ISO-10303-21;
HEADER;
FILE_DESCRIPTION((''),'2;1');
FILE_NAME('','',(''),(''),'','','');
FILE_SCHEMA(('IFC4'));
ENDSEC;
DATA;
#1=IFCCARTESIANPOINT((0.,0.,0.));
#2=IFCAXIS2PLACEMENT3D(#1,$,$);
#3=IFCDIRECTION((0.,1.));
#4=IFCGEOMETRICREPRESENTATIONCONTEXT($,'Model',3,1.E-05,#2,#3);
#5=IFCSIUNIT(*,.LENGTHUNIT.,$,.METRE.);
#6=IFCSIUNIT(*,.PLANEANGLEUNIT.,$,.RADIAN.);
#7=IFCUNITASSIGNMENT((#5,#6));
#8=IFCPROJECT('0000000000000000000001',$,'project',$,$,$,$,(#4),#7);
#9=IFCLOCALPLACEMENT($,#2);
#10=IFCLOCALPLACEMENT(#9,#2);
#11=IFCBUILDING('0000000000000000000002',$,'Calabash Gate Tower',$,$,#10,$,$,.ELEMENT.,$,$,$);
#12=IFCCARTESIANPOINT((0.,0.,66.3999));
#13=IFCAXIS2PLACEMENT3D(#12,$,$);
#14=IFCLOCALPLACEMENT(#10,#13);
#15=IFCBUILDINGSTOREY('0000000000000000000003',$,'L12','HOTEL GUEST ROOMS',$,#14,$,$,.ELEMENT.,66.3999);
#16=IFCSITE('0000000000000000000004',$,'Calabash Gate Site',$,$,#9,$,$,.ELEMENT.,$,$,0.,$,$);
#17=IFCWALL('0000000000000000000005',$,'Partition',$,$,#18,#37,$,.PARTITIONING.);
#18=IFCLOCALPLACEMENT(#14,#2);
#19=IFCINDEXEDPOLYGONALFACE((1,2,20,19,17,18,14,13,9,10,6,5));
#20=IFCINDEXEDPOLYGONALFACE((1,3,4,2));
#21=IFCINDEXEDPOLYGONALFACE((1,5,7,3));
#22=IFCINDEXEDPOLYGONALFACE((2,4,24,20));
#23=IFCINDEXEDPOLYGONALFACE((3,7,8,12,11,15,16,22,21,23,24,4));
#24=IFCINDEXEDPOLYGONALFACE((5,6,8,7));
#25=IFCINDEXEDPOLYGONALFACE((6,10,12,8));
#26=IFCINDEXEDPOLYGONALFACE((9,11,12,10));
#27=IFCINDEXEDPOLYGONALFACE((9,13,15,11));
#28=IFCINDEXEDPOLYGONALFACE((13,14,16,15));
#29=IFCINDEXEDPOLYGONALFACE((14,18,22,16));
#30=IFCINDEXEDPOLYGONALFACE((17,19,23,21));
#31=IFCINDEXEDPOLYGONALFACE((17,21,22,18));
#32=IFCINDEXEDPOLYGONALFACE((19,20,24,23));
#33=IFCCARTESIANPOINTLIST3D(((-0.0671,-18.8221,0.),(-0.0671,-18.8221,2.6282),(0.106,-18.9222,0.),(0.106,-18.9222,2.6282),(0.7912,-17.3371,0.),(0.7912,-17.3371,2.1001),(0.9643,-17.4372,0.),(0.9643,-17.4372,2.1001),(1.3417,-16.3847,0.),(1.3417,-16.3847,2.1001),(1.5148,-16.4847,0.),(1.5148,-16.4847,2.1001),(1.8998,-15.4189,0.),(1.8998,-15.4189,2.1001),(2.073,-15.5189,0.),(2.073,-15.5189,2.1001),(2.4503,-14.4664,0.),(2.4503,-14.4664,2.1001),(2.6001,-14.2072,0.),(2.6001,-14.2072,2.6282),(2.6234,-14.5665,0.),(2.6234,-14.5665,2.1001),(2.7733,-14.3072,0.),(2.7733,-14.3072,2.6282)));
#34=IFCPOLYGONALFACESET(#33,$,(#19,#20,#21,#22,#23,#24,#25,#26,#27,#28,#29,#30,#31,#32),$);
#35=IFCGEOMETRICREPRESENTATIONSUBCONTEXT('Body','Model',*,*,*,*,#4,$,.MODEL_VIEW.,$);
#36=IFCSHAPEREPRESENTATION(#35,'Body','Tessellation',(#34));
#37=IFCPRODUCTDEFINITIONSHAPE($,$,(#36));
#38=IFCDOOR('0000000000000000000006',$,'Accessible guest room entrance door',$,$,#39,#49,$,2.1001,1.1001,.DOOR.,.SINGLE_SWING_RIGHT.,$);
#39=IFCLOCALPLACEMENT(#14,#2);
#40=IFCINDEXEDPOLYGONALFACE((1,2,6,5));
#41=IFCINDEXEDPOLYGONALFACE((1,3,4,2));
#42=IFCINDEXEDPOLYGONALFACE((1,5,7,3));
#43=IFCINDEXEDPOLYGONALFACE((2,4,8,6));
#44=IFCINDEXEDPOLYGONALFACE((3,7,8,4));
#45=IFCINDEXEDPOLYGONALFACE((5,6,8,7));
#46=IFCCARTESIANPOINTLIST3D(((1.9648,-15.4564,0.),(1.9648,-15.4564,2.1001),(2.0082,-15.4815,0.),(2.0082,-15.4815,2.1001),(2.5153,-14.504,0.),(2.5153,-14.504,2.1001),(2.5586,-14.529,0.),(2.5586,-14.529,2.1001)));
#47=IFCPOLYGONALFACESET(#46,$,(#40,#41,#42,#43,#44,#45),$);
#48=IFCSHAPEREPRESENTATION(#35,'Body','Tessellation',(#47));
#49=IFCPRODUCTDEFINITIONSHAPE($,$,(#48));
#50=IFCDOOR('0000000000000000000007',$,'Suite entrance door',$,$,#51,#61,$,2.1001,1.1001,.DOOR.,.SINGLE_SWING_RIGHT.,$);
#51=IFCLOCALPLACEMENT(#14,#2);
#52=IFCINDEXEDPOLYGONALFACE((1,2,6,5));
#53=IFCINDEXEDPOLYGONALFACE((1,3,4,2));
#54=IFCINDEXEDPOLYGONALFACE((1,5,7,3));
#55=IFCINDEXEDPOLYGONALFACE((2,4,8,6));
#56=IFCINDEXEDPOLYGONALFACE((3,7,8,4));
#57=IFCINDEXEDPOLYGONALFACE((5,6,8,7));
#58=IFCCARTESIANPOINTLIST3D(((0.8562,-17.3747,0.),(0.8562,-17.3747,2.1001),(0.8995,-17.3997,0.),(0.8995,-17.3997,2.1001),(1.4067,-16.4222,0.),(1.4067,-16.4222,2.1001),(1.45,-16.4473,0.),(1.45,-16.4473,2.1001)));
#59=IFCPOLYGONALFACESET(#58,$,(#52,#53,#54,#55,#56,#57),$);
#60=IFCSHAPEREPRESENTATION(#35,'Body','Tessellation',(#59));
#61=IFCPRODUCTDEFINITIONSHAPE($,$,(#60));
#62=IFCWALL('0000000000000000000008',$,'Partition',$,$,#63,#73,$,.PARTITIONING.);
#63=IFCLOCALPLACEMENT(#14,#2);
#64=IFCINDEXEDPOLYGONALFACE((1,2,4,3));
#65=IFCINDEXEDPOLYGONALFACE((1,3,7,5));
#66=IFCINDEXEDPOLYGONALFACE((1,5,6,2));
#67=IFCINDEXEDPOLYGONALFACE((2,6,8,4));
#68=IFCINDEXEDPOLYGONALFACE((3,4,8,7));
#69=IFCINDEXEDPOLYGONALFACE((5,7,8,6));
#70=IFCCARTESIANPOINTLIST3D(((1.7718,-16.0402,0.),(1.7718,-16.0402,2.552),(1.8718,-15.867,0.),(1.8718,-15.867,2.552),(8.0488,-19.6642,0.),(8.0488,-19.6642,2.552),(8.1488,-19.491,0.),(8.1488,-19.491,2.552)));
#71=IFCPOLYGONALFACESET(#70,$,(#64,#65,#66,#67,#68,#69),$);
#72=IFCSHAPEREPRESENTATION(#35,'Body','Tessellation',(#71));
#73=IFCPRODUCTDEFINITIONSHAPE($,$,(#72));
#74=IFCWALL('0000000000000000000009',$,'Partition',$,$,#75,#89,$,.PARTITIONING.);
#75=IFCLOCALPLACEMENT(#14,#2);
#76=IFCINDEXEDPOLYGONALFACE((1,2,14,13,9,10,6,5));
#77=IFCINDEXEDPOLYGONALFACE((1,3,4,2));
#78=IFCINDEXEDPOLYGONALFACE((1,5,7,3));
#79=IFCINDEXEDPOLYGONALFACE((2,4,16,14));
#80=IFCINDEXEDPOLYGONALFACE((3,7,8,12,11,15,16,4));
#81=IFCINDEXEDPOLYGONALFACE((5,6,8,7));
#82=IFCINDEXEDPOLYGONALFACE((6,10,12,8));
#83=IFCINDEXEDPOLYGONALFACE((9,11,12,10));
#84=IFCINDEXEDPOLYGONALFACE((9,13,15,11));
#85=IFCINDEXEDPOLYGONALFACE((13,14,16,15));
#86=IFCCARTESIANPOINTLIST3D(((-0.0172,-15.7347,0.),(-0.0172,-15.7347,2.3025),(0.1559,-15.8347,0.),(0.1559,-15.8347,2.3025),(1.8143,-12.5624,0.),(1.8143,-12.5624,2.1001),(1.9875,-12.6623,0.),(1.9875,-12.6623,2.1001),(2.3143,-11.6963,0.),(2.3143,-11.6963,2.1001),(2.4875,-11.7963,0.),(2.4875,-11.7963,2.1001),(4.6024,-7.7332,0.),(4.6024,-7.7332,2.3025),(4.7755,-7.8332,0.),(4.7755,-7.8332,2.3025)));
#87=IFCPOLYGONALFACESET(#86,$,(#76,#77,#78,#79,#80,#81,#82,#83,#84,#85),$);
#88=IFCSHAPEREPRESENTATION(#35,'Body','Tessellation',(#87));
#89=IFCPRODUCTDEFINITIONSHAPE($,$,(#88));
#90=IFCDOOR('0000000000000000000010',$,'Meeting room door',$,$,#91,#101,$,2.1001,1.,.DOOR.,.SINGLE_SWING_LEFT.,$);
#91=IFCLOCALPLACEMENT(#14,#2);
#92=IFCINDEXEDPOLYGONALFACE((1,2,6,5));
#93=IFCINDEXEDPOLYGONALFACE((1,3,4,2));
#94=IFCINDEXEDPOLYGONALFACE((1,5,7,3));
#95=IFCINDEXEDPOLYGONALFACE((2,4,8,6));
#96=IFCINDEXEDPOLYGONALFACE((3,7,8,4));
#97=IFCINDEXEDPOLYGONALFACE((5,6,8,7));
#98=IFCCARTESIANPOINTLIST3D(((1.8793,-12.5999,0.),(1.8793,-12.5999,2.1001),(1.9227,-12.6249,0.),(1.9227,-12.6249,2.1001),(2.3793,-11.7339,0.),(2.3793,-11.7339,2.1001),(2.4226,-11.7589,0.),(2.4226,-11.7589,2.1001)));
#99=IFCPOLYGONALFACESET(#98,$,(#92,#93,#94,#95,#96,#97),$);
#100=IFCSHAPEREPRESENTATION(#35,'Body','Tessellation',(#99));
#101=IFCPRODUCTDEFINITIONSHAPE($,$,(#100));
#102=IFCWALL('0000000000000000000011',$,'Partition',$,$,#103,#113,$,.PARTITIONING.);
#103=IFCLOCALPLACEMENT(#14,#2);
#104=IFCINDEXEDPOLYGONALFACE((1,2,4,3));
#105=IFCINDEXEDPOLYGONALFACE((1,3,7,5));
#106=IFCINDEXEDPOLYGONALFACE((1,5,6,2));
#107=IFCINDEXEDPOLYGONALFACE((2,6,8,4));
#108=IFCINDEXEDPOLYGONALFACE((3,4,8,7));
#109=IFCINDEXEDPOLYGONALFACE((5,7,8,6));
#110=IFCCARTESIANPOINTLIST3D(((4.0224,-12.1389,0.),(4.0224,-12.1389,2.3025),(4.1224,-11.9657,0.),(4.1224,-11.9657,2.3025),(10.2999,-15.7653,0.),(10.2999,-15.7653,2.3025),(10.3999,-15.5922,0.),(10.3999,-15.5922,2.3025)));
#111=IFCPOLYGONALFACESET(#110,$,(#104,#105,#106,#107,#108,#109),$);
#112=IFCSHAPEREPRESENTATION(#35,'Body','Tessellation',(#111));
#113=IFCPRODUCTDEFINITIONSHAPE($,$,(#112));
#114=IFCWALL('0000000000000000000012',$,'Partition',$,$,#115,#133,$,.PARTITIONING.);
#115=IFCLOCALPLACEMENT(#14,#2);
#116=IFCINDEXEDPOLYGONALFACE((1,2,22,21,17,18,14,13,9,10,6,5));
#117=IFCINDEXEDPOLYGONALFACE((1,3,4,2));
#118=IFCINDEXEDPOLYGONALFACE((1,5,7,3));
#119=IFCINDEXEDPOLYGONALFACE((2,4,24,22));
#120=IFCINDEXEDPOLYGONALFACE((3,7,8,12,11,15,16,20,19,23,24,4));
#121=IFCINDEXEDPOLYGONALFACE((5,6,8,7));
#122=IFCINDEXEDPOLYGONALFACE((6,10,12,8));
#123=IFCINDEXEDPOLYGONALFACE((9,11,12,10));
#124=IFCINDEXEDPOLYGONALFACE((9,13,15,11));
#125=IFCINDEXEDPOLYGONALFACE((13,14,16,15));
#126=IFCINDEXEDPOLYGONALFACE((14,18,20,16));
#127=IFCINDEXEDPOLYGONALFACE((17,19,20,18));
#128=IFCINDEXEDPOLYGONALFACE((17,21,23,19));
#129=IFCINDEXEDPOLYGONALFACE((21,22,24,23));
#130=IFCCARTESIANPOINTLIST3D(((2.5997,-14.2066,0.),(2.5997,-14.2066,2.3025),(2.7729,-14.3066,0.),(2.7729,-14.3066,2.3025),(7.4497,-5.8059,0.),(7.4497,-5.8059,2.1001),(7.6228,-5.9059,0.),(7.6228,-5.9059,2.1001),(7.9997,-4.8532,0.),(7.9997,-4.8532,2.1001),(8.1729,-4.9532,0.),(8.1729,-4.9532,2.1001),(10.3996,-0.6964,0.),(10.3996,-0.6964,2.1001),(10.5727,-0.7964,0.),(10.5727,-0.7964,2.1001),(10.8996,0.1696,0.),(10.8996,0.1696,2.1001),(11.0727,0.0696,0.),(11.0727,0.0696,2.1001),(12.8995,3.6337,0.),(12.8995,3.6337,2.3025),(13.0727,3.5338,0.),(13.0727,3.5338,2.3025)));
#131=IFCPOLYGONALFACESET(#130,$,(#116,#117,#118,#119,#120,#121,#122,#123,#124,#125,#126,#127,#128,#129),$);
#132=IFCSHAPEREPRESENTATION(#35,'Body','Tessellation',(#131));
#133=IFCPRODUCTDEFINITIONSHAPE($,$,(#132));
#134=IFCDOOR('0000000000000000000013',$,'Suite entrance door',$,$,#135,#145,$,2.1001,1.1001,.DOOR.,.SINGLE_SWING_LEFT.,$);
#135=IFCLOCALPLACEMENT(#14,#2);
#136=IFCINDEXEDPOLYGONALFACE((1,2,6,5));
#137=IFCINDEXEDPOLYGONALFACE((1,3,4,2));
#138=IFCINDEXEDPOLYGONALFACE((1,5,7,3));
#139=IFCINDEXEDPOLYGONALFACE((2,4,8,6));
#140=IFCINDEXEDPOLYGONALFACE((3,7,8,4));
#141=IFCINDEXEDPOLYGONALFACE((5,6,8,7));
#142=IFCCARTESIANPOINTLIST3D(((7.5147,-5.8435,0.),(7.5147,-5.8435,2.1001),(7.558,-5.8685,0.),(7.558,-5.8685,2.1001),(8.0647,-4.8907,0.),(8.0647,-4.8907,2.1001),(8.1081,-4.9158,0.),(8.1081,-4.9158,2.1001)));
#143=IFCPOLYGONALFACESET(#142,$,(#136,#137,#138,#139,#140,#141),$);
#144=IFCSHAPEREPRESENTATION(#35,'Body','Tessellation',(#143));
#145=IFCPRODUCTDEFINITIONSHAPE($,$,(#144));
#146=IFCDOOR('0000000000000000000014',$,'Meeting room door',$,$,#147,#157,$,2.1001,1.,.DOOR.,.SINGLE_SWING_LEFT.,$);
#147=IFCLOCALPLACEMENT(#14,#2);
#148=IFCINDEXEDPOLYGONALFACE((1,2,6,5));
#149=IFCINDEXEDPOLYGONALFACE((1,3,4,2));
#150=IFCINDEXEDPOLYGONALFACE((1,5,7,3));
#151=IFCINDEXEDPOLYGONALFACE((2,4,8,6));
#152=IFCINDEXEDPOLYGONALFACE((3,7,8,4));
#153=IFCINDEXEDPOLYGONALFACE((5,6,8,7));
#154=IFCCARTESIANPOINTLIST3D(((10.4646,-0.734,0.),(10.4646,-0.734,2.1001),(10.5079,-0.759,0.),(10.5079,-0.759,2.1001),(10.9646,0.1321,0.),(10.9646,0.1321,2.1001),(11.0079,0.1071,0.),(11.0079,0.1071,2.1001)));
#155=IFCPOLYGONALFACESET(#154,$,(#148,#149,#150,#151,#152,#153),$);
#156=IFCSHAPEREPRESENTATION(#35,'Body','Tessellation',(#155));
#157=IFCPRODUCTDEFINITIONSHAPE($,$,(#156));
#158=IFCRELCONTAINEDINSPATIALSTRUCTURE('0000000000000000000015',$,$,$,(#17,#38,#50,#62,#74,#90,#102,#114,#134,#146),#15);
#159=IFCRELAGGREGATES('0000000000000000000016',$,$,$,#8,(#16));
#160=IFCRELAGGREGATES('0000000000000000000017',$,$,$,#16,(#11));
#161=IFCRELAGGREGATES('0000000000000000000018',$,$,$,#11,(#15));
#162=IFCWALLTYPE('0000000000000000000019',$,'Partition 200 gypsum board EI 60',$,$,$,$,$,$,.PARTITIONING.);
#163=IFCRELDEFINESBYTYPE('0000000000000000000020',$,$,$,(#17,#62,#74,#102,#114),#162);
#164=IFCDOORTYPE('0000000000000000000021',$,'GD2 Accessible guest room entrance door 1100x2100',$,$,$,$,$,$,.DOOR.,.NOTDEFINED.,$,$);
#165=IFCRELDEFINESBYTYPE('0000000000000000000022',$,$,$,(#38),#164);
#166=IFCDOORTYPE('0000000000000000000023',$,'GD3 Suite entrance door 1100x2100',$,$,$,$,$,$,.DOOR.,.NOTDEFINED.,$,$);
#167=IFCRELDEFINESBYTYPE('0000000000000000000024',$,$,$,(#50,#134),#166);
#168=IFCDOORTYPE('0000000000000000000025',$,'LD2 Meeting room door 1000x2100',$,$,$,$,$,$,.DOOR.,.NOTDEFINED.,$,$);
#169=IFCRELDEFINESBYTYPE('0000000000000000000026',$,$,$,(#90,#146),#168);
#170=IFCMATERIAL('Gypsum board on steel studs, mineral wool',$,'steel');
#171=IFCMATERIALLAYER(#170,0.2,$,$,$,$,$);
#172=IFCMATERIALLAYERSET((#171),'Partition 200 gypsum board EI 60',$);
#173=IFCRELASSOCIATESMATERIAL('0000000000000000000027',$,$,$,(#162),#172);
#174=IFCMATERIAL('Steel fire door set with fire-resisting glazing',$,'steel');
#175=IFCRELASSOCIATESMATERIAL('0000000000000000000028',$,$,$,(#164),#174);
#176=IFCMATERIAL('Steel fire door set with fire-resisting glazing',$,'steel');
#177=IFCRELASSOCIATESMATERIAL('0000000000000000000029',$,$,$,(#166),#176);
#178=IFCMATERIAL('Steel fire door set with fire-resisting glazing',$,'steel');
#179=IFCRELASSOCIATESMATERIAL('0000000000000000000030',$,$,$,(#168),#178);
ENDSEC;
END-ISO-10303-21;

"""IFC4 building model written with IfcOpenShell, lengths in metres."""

from ifc_helpers import new_model, si_unit, direction, frame, frame_2d, origin, place, context, subcontext, project, spatial, rectangle, extrude, material, layer, layer_set, type_object, element, fill, save


model = new_model("IFC4")

# Units and contexts
model_context = context("Model", 3, precision=1e-05, world=origin(), true_north=direction((0.0, 1.0)))
body_context = subcontext(model_context, "Body", "Model", "MODEL_VIEW")
ifc_project = project(units=[si_unit("LENGTHUNIT", "METRE"), si_unit("PLANEANGLEUNIT", "RADIAN")], contexts=[model_context])

# Site, building, storey
site_placement = place(None, origin())
site = spatial("IfcSite", under=ifc_project, at=site_placement, Name="Calabash Gate Site", CompositionType="ELEMENT", RefElevation=0.0)
building_placement = place(site_placement, origin())
building = spatial("IfcBuilding", under=site, at=building_placement, Name="Calabash Gate Tower", CompositionType="ELEMENT")
storey_placement = place(building_placement, frame((0.0, 0.0, 66.3999)))
storey = spatial("IfcBuildingStorey", under=building, at=storey_placement, Name="L12", Description="HOTEL GUEST ROOMS", CompositionType="ELEMENT", Elevation=66.3999)

# Wall, openings, doors
ifc_material_1 = material(Name="Gypsum board on steel studs, mineral wool", Category="steel")
ifc_layer_1 = layer(ifc_material_1, 0.2)
ifc_layer_set_1 = layer_set([ifc_layer_1], Name="Partition 200 gypsum board EI 60")
wall_type_1 = type_object("IfcWallType", Name="Partition 200 gypsum board EI 60", PredefinedType="PARTITIONING", material=ifc_layer_set_1)
wall_1_placement = place(storey_placement, frame((0.0195, -18.8721, 0.0), z_axis=(0.0, 0.0, 1.0), x_axis=(0.50039, 0.8658, 0.0)))
wall_1 = element("IfcWall", 1, at=wall_1_placement, inside=storey, type_object=wall_type_1, Name="Partition", PredefinedType="PARTITIONING", context=body_context, shape_type="SweptSolid", body=[
    extrude(rectangle(XDim=5.3303, YDim=0.2, at=frame_2d((2.665, 0.0))), origin(), (0.0, 0.0, 1.0), 2.6282),
])
opening_1_placement = place(wall_1_placement, frame((3.9307, 0.0, 0.0)))
opening_1 = element("IfcOpeningElement", 2, at=opening_1_placement, cuts=wall_1, PredefinedType="OPENING", context=body_context, shape_type="SweptSolid", body=[
    extrude(rectangle(XDim=1.1001, YDim=2.1001, at=frame_2d((0.55, 1.05))), frame((0.0, 0.1099, 0.0), z_axis=(0.0, -1.0, 0.0), x_axis=(1.0, 0.0, 0.0)), (0.0, 0.0, 1.0), 0.22),
])
opening_2_placement = place(wall_1_placement, frame((1.7151, 0.0, 0.0)))
opening_2 = element("IfcOpeningElement", 3, at=opening_2_placement, cuts=wall_1, PredefinedType="OPENING", context=body_context, shape_type="SweptSolid", body=[
    extrude(rectangle(XDim=1.1001, YDim=2.1001, at=frame_2d((0.55, 1.05))), frame((0.0, 0.1099, 0.0), z_axis=(0.0, -1.0, 0.0), x_axis=(1.0, 0.0, 0.0)), (0.0, 0.0, 1.0), 0.22),
])
ifc_material_2 = material(Name="Steel fire door set with fire-resisting glazing", Category="steel")
door_type_1 = type_object("IfcDoorType", Name="GD2 Accessible guest room entrance door 1100x2100", OperationType="NOTDEFINED", PredefinedType="DOOR", material=ifc_material_2)
door_1_placement = place(opening_1_placement, origin())
door_1 = element("IfcDoor", 4, at=door_1_placement, inside=storey, type_object=door_type_1, Name="Accessible guest room entrance door", OperationType="SINGLE_SWING_RIGHT", OverallHeight=2.1001, OverallWidth=1.1001, PredefinedType="DOOR", context=body_context, shape_type="SweptSolid", body=[
    extrude(rectangle(XDim=1.1001, YDim=2.1001, at=frame_2d((0.55, 1.05))), frame((0.0, 0.0249, 0.0), z_axis=(0.0, -1.0, 0.0), x_axis=(1.0, 0.0, 0.0)), (0.0, 0.0, 1.0), 0.05),
])
fill(opening_1, door_1)
ifc_material_3 = material(Name="Steel fire door set with fire-resisting glazing", Category="steel")
door_type_2 = type_object("IfcDoorType", Name="GD3 Suite entrance door 1100x2100", OperationType="NOTDEFINED", PredefinedType="DOOR", material=ifc_material_3)
door_2_placement = place(opening_2_placement, origin())
door_2 = element("IfcDoor", 5, at=door_2_placement, inside=storey, type_object=door_type_2, Name="Suite entrance door", OperationType="SINGLE_SWING_RIGHT", OverallHeight=2.1001, OverallWidth=1.1001, PredefinedType="DOOR", context=body_context, shape_type="SweptSolid", body=[
    extrude(rectangle(XDim=1.1001, YDim=2.1001, at=frame_2d((0.55, 1.05))), frame((0.0, 0.0249, 0.0), z_axis=(0.0, -1.0, 0.0), x_axis=(1.0, 0.0, 0.0)), (0.0, 0.0, 1.0), 0.05),
])
fill(opening_2, door_2)

# Wall
wall_2_placement = place(storey_placement, frame((1.8218, -15.9536, 0.0), z_axis=(0.0, 0.0, 1.0), x_axis=(0.866029, -0.499994, 0.0)))
element("IfcWall", 6, at=wall_2_placement, inside=storey, type_object=wall_type_1, Name="Partition", PredefinedType="PARTITIONING", context=body_context, shape_type="SweptSolid", body=[
    extrude(rectangle(XDim=7.248, YDim=0.2, at=frame_2d((3.624, 0.0))), origin(), (0.0, 0.0, 1.0), 2.552),
])

# Wall, opening, door
wall_3_placement = place(storey_placement, frame((0.0693, -15.7847, 0.0), z_axis=(0.0, 0.0, 1.0), x_axis=(0.499998, 0.866026, 0.0)))
wall_3 = element("IfcWall", 7, at=wall_3_placement, inside=storey, type_object=wall_type_1, Name="Partition", PredefinedType="PARTITIONING", context=body_context, shape_type="SweptSolid", body=[
    extrude(rectangle(XDim=9.2393, YDim=0.2, at=frame_2d((4.6196, 0.0))), origin(), (0.0, 0.0, 1.0), 2.3025),
])
opening_3_placement = place(wall_3_placement, frame((3.6631, 0.0, 0.0)))
opening_3 = element("IfcOpeningElement", 8, at=opening_3_placement, cuts=wall_3, PredefinedType="OPENING", context=body_context, shape_type="SweptSolid", body=[
    extrude(rectangle(XDim=1.0, YDim=2.1001, at=frame_2d((0.5, 1.05))), frame((0.0, 0.1099, 0.0), z_axis=(0.0, -1.0, 0.0), x_axis=(1.0, 0.0, 0.0)), (0.0, 0.0, 1.0), 0.22),
])
ifc_material_4 = material(Name="Steel fire door set with fire-resisting glazing", Category="steel")
door_type_3 = type_object("IfcDoorType", Name="LD2 Meeting room door 1000x2100", OperationType="NOTDEFINED", PredefinedType="DOOR", material=ifc_material_4)
door_3_placement = place(opening_3_placement, origin())
door_3 = element("IfcDoor", 9, at=door_3_placement, inside=storey, type_object=door_type_3, Name="Meeting room door", OperationType="SINGLE_SWING_LEFT", OverallHeight=2.1001, OverallWidth=1.0, PredefinedType="DOOR", context=body_context, shape_type="SweptSolid", body=[
    extrude(rectangle(XDim=1.0, YDim=2.1001, at=frame_2d((0.5, 1.05))), frame((0.0, 0.0249, 0.0), z_axis=(0.0, -1.0, 0.0), x_axis=(1.0, 0.0, 0.0)), (0.0, 0.0, 1.0), 0.05),
])
fill(opening_3, door_3)

# Wall
wall_4_placement = place(storey_placement, frame((4.0723, -12.0522, 0.0), z_axis=(0.0, 0.0, 1.0), x_axis=(0.8659, -0.500217, 0.0)))
element("IfcWall", 10, at=wall_4_placement, inside=storey, type_object=wall_type_1, Name="Partition", PredefinedType="PARTITIONING", context=body_context, shape_type="SweptSolid", body=[
    extrude(rectangle(XDim=7.2498, YDim=0.2, at=frame_2d((3.625, 0.0))), origin(), (0.0, 0.0, 1.0), 2.3025),
])

# Wall, openings, doors
wall_5_placement = place(storey_placement, frame((2.6863, -14.2566, 0.0), z_axis=(0.0, 0.0, 1.0), x_axis=(0.499989, 0.866032, 0.0)))
wall_5 = element("IfcWall", 11, at=wall_5_placement, inside=storey, type_object=wall_type_1, Name="Partition", PredefinedType="PARTITIONING", context=body_context, shape_type="SweptSolid", body=[
    extrude(rectangle(XDim=20.6001, YDim=0.2, at=frame_2d((10.3, 0.0))), origin(), (0.0, 0.0, 1.0), 2.3025),
])
opening_4_placement = place(wall_5_placement, frame((9.7002, 0.0, 0.0)))
opening_4 = element("IfcOpeningElement", 12, at=opening_4_placement, cuts=wall_5, PredefinedType="OPENING", context=body_context, shape_type="SweptSolid", body=[
    extrude(rectangle(XDim=1.1001, YDim=2.1001, at=frame_2d((0.55, 1.05))), frame((0.0, 0.1099, 0.0), z_axis=(0.0, -1.0, 0.0), x_axis=(1.0, 0.0, 0.0)), (0.0, 0.0, 1.0), 0.22),
])
opening_5_placement = place(wall_5_placement, frame((15.6001, 0.0, 0.0)))
opening_5 = element("IfcOpeningElement", 13, at=opening_5_placement, cuts=wall_5, PredefinedType="OPENING", context=body_context, shape_type="SweptSolid", body=[
    extrude(rectangle(XDim=1.0, YDim=2.1001, at=frame_2d((0.5, 1.05))), frame((0.0, 0.1099, 0.0), z_axis=(0.0, -1.0, 0.0), x_axis=(1.0, 0.0, 0.0)), (0.0, 0.0, 1.0), 0.22),
])
door_4_placement = place(opening_4_placement, origin())
door_4 = element("IfcDoor", 14, at=door_4_placement, inside=storey, type_object=door_type_2, Name="Suite entrance door", OperationType="SINGLE_SWING_LEFT", OverallHeight=2.1001, OverallWidth=1.1001, PredefinedType="DOOR", context=body_context, shape_type="SweptSolid", body=[
    extrude(rectangle(XDim=1.1001, YDim=2.1001, at=frame_2d((0.55, 1.05))), frame((0.0, 0.0249, 0.0), z_axis=(0.0, -1.0, 0.0), x_axis=(1.0, 0.0, 0.0)), (0.0, 0.0, 1.0), 0.05),
])
fill(opening_4, door_4)
door_5_placement = place(opening_5_placement, origin())
door_5 = element("IfcDoor", 15, at=door_5_placement, inside=storey, type_object=door_type_3, Name="Meeting room door", OperationType="SINGLE_SWING_LEFT", OverallHeight=2.1001, OverallWidth=1.0, PredefinedType="DOOR", context=body_context, shape_type="SweptSolid", body=[
    extrude(rectangle(XDim=1.0, YDim=2.1001, at=frame_2d((0.5, 1.05))), frame((0.0, 0.0249, 0.0), z_axis=(0.0, -1.0, 0.0), x_axis=(1.0, 0.0, 0.0)), (0.0, 0.0, 1.0), 0.05),
])
fill(opening_5, door_5)

save(model, "model.ifc")
